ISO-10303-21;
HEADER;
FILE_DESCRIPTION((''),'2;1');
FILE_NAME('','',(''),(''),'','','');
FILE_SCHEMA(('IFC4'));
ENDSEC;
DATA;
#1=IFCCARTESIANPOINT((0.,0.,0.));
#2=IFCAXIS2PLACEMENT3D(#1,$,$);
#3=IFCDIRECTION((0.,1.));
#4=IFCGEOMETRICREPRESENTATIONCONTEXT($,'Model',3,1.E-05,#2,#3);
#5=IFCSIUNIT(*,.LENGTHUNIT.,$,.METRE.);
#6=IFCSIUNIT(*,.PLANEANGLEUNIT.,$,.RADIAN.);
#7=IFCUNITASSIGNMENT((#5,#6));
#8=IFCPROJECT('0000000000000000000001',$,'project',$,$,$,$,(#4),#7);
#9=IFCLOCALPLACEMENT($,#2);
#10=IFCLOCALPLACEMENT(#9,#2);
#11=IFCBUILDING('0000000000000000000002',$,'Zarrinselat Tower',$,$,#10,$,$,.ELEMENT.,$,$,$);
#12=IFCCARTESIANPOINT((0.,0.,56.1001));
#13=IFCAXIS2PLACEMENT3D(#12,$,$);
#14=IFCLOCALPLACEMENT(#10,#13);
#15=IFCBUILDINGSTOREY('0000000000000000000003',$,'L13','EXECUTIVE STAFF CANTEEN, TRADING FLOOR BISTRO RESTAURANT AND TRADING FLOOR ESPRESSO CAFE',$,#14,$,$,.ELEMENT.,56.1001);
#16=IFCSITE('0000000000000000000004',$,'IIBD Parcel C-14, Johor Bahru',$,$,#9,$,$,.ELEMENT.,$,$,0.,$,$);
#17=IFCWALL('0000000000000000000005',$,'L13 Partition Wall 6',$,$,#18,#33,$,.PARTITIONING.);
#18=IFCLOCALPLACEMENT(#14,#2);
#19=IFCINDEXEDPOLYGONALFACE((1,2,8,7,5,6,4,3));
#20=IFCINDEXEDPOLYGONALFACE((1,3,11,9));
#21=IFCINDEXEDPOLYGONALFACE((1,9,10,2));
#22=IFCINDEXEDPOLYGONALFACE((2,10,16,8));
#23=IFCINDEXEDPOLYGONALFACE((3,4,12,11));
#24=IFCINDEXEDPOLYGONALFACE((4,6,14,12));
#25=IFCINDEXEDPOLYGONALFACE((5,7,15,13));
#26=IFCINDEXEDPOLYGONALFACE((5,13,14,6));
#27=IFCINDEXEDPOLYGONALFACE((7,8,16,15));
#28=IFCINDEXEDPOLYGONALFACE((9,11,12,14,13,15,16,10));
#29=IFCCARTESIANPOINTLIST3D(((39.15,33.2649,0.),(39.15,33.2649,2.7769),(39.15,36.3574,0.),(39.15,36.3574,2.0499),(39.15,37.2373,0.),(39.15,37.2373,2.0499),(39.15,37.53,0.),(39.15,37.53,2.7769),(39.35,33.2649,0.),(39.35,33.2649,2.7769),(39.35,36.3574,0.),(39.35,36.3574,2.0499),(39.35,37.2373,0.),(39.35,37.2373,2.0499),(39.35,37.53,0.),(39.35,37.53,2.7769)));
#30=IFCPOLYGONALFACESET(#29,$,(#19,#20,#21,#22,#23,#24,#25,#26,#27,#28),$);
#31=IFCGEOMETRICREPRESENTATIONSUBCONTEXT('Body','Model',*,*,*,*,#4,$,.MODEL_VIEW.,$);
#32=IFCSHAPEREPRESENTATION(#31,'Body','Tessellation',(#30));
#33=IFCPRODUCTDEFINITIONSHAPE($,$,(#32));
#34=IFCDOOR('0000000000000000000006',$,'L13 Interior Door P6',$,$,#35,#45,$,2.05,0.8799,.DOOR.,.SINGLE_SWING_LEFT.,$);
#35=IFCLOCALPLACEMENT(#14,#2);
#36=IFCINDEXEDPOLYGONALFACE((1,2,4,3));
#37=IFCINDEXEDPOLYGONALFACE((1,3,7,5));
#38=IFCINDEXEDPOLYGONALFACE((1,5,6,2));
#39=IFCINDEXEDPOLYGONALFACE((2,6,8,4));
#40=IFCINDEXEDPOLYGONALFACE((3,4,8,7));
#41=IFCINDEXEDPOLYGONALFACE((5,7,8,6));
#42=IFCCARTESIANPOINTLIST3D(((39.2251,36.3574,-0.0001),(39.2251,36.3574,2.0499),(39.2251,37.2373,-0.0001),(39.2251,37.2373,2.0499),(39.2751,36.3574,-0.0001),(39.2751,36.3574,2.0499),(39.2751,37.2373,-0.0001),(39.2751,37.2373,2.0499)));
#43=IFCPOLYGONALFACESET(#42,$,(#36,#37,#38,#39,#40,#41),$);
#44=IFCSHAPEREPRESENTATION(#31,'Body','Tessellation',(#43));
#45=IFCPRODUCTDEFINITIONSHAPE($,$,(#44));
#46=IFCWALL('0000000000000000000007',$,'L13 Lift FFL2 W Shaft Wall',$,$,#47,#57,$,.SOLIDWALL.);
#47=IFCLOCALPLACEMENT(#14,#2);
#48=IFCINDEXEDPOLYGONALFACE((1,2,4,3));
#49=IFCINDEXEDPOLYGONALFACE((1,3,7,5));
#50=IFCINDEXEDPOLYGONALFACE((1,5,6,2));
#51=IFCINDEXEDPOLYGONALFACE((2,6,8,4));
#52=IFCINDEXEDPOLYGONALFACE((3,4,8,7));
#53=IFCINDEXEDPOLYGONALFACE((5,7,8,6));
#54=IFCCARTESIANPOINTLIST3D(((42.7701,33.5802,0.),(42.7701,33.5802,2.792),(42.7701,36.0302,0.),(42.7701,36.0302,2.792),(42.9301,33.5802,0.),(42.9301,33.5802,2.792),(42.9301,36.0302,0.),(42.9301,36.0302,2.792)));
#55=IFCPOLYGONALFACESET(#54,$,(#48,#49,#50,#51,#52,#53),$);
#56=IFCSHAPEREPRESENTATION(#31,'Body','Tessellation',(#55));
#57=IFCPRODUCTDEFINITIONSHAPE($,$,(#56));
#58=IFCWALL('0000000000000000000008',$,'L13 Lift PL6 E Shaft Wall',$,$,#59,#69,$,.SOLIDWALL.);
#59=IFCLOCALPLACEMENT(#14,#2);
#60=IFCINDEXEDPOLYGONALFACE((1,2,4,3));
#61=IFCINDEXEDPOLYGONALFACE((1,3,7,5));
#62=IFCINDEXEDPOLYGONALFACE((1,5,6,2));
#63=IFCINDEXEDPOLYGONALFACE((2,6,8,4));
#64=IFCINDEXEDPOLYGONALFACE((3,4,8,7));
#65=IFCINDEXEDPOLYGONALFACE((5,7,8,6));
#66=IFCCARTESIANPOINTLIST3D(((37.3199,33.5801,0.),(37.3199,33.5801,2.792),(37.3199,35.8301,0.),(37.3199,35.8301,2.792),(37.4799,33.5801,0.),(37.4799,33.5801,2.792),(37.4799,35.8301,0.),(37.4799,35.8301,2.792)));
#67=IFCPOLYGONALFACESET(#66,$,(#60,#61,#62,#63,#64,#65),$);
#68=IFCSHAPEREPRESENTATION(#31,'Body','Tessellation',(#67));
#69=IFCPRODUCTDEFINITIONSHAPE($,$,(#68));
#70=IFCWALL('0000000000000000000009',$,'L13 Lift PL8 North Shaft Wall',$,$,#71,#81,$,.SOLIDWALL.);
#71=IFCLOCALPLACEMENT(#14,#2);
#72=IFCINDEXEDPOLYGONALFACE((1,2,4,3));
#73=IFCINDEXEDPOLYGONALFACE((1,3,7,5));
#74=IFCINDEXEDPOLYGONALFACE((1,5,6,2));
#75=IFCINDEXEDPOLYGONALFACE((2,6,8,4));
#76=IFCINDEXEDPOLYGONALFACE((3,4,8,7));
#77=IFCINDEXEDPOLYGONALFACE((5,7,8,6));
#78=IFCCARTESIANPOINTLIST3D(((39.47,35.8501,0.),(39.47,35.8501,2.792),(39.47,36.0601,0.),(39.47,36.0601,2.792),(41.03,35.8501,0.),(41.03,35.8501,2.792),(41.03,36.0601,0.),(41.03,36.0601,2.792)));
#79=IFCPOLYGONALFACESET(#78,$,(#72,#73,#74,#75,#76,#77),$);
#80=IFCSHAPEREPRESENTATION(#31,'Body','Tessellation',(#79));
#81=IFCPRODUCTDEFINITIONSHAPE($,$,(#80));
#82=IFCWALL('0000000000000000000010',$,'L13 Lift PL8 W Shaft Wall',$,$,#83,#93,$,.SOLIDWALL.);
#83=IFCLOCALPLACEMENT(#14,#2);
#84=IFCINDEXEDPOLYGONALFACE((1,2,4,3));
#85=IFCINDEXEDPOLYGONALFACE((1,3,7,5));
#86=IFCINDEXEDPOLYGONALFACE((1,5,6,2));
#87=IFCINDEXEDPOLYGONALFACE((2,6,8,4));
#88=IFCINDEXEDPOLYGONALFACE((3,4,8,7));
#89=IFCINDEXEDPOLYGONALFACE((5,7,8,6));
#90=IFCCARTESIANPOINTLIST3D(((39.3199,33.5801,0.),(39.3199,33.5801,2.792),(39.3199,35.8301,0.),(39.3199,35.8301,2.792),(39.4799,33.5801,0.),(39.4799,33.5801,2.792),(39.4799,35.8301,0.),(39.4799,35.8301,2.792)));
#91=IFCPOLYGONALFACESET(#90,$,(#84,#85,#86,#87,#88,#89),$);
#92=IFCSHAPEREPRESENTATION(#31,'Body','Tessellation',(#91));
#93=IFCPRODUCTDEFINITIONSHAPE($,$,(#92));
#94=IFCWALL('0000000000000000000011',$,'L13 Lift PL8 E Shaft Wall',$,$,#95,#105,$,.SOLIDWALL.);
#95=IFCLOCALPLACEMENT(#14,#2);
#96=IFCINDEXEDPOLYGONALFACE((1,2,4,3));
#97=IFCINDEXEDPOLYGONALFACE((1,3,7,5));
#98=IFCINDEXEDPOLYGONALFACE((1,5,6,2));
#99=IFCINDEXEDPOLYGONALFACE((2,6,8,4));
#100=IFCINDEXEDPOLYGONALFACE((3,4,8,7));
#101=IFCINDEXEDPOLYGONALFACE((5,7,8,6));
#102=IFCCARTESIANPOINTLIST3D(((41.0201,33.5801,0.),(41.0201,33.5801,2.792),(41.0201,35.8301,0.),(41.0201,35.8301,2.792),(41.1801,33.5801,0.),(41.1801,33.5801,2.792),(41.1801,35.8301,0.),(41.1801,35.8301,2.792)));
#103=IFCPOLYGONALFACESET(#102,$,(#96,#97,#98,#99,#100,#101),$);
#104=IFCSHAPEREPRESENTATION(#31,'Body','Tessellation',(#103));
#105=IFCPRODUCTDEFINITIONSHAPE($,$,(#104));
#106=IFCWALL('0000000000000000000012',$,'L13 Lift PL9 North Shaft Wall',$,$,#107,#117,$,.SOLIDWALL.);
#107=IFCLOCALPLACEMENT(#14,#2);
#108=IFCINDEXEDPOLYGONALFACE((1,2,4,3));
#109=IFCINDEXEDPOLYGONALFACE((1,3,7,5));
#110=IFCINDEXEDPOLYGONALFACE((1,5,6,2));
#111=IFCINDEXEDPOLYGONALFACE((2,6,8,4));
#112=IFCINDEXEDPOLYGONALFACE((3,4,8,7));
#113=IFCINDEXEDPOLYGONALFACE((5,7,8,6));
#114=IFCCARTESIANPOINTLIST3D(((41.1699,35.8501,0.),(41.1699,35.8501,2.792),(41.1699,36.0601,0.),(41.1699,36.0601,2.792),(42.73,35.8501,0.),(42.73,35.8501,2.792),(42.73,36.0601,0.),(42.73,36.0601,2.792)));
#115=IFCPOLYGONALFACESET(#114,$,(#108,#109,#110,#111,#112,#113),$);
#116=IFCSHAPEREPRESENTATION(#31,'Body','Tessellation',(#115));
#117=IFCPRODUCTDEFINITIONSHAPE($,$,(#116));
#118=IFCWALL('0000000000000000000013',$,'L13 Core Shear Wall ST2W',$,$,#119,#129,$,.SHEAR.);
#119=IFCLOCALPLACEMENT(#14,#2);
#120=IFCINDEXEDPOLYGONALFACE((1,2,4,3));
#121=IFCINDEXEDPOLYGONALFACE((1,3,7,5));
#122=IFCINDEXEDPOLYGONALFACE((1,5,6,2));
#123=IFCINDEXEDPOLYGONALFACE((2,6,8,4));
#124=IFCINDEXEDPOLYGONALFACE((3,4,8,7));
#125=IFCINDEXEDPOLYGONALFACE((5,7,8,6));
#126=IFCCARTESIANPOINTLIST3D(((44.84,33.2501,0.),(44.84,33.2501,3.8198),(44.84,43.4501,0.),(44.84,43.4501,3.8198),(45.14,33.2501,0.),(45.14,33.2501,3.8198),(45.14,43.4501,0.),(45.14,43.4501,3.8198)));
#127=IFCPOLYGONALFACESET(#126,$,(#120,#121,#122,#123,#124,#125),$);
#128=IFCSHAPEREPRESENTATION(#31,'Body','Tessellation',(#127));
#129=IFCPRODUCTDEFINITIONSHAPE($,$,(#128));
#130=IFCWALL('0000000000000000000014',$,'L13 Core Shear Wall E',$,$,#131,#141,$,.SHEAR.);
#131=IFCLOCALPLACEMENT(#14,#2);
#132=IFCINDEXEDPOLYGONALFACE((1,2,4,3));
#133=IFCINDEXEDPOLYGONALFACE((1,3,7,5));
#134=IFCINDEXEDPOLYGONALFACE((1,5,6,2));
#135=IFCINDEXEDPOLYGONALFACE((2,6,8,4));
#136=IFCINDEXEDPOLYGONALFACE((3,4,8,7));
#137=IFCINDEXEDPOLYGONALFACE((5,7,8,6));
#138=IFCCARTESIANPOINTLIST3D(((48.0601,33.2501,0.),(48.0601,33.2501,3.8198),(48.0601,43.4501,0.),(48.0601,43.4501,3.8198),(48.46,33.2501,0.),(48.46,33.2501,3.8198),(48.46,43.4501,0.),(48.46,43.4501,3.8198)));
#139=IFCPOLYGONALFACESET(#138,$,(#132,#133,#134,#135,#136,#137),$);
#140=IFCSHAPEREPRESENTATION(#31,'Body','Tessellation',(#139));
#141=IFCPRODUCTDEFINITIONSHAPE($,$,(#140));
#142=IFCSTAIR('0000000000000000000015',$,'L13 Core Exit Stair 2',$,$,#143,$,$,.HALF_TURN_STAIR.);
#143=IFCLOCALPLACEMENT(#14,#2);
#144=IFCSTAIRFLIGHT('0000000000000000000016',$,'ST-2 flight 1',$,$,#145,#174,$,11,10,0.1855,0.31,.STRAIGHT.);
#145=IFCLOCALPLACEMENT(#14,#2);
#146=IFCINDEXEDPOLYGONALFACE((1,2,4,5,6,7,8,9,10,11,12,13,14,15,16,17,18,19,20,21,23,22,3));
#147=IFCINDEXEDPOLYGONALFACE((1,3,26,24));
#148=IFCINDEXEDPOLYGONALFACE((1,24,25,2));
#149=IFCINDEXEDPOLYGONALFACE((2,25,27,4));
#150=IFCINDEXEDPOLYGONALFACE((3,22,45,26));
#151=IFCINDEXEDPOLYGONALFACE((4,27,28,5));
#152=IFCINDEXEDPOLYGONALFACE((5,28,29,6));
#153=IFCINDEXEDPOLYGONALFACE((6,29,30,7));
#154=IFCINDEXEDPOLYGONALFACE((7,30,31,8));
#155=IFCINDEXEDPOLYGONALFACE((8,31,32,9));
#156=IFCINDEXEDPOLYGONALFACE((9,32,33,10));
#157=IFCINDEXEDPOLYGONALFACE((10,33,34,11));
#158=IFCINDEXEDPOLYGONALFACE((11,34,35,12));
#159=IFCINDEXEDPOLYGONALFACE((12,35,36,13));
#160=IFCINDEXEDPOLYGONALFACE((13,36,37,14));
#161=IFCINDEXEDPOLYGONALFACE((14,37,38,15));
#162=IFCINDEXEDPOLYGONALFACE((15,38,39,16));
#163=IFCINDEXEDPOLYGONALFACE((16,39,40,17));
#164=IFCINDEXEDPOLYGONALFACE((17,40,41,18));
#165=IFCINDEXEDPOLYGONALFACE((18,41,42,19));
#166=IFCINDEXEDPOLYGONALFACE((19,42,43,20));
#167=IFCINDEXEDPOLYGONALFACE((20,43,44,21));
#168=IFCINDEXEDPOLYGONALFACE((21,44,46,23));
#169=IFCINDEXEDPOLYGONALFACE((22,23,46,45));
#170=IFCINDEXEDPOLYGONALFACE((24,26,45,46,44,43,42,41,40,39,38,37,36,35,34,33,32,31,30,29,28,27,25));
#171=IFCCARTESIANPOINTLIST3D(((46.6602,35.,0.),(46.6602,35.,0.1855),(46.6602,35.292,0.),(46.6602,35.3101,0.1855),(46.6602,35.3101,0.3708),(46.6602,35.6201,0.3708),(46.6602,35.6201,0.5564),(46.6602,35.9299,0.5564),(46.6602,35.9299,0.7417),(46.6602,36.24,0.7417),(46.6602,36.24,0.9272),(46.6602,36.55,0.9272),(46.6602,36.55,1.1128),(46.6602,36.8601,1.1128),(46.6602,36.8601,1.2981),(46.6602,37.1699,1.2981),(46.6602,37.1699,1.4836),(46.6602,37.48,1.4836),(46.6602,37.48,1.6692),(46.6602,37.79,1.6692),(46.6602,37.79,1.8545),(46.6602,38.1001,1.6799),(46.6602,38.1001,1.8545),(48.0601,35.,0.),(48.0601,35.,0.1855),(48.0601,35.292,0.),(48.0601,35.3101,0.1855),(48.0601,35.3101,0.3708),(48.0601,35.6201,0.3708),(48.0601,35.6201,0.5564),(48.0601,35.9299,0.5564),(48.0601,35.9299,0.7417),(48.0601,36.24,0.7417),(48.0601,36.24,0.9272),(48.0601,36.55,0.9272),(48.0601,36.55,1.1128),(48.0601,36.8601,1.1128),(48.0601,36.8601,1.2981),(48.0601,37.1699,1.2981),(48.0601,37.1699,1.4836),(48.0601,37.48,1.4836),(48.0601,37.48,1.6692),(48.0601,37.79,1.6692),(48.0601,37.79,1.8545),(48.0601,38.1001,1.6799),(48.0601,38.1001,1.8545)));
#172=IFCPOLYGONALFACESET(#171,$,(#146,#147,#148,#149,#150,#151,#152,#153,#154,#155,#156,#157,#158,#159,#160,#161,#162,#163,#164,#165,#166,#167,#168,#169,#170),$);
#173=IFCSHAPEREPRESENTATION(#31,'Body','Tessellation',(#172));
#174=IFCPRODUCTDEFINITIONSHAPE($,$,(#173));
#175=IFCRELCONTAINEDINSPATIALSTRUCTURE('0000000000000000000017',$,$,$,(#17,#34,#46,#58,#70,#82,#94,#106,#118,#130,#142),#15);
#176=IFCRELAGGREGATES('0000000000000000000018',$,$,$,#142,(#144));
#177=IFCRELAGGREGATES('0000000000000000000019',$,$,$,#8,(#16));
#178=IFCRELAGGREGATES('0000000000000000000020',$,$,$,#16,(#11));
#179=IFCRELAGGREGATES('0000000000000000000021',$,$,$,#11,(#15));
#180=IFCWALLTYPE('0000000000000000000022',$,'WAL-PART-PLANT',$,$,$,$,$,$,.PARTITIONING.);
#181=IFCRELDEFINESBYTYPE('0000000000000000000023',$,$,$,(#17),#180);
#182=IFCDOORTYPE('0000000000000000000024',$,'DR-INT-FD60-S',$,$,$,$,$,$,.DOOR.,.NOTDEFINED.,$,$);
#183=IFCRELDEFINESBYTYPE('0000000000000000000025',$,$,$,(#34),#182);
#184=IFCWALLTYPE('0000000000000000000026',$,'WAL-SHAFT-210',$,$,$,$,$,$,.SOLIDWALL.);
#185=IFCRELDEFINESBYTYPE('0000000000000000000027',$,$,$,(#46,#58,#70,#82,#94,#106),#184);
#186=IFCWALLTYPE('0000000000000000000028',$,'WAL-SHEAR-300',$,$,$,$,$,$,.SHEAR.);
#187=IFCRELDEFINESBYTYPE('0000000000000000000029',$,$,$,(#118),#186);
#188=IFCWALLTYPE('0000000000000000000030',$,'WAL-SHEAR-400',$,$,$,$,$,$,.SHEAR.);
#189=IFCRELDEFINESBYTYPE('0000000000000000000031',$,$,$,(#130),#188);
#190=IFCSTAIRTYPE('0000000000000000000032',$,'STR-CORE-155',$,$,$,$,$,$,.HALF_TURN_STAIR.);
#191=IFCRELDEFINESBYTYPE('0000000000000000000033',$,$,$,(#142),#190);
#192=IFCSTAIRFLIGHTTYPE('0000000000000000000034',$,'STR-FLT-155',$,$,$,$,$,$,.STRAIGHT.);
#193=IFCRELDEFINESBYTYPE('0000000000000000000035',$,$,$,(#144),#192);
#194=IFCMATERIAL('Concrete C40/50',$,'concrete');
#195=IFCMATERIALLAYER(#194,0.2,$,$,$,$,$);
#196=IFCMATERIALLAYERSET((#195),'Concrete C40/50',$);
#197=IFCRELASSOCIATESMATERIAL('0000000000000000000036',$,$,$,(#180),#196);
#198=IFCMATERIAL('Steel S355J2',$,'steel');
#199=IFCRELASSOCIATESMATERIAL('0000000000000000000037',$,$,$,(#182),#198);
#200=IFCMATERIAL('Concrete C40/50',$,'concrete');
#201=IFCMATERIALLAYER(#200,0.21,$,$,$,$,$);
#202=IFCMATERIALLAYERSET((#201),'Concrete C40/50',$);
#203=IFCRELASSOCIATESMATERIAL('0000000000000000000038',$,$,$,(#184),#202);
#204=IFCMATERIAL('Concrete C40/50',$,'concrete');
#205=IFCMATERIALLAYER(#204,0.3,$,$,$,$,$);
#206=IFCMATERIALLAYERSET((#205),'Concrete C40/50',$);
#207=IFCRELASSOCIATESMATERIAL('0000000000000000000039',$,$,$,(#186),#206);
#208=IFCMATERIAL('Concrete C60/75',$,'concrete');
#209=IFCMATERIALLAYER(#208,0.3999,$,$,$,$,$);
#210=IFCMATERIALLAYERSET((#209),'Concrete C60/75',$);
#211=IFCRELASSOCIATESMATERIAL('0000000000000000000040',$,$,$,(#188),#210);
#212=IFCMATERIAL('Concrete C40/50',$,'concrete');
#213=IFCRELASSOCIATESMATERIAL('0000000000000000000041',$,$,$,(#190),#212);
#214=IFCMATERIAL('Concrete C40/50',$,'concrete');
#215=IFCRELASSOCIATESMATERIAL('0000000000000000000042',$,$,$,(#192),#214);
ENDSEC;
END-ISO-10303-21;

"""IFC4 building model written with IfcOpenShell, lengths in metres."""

from ifc_helpers import new_model, si_unit, direction, frame, frame_2d, origin, place, context, subcontext, project, spatial, polyline, rectangle, outline, extrude, material, layer, layer_set, type_object, element, fill, aggregate, save


model = new_model("IFC4")

# Units and contexts
model_context = context("Model", 3, precision=1e-05, world=origin(), true_north=direction((0.0, 1.0)))
body_context = subcontext(model_context, "Body", "Model", "MODEL_VIEW")
ifc_project = project(units=[si_unit("LENGTHUNIT", "METRE"), si_unit("PLANEANGLEUNIT", "RADIAN")], contexts=[model_context])

# Site, building, storey
site_placement = place(None, origin())
site = spatial("IfcSite", under=ifc_project, at=site_placement, Name="IIBD Parcel C-14, Johor Bahru", CompositionType="ELEMENT", RefElevation=0.0)
building_placement = place(site_placement, origin())
building = spatial("IfcBuilding", under=site, at=building_placement, Name="Zarrinselat Tower", CompositionType="ELEMENT")
storey_placement = place(building_placement, frame((0.0, 0.0, 56.1001)))
storey = spatial("IfcBuildingStorey", under=building, at=storey_placement, Name="L13", Description="EXECUTIVE STAFF CANTEEN, TRADING FLOOR BISTRO RESTAURANT AND TRADING FLOOR ESPRESSO CAFE", CompositionType="ELEMENT", Elevation=56.1001)

# Wall, opening, door
ifc_material_1 = material(Name="Concrete C40/50", Category="concrete")
ifc_layer_1 = layer(ifc_material_1, 0.2)
ifc_layer_set_1 = layer_set([ifc_layer_1], Name="Concrete C40/50")
wall_type_1 = type_object("IfcWallType", Name="WAL-PART-PLANT", PredefinedType="PARTITIONING", material=ifc_layer_set_1)
ifc_material_2 = material(Name="Steel S355J2", Category="steel")
door_type_1 = type_object("IfcDoorType", Name="DR-INT-FD60-S", OperationType="NOTDEFINED", PredefinedType="DOOR", material=ifc_material_2)
wall_1_placement = place(storey_placement, frame((39.25, 33.2649, 0.0), z_axis=(0.0, 0.0, 1.0), x_axis=(0.0, 1.0, 0.0)))
wall_1 = element("IfcWall", 1, at=wall_1_placement, inside=storey, type_object=wall_type_1, Name="L13 Partition Wall 6", PredefinedType="PARTITIONING", context=body_context, shape_type="SweptSolid", body=[
    extrude(rectangle(XDim=4.2651, YDim=0.2, at=frame_2d((2.1326, 0.0))), origin(), (0.0, 0.0, 1.0), 2.7769),
])
opening_1_placement = place(wall_1_placement, frame((3.0925, 0.0, 0.0)))
opening_1 = element("IfcOpeningElement", 2, at=opening_1_placement, cuts=wall_1, PredefinedType="OPENING", context=body_context, shape_type="SweptSolid", body=[
    extrude(rectangle(XDim=0.8799, YDim=2.05, at=frame_2d((0.4399, 1.0249))), frame((0.0, 0.1099, 0.0), z_axis=(0.0, -1.0, 0.0), x_axis=(1.0, 0.0, 0.0)), (0.0, 0.0, 1.0), 0.22),
])
door_1_placement = place(opening_1_placement, origin())
door_1 = element("IfcDoor", 3, at=door_1_placement, inside=storey, type_object=door_type_1, Name="L13 Interior Door P6", OperationType="SINGLE_SWING_LEFT", OverallHeight=2.05, OverallWidth=0.8799, PredefinedType="DOOR", context=body_context, shape_type="SweptSolid", body=[
    extrude(rectangle(XDim=0.8799, YDim=2.05, at=frame_2d((0.4399, 1.0249))), frame((0.0, 0.0249, 0.0), z_axis=(0.0, -1.0, 0.0), x_axis=(1.0, 0.0, 0.0)), (0.0, 0.0, 1.0), 0.05),
])
fill(opening_1, door_1)

# Walls
ifc_material_3 = material(Name="Concrete C40/50", Category="concrete")
ifc_layer_2 = layer(ifc_material_3, 0.21)
ifc_layer_set_2 = layer_set([ifc_layer_2], Name="Concrete C40/50")
wall_type_2 = type_object("IfcWallType", Name="WAL-SHAFT-210", PredefinedType="SOLIDWALL", material=ifc_layer_set_2)
wall_2_placement = place(storey_placement, frame((42.8501, 33.5801, 0.0), z_axis=(0.0, 0.0, 1.0), x_axis=(0.0, 1.0, 0.0)))
element("IfcWall", 4, at=wall_2_placement, inside=storey, type_object=wall_type_2, Name="L13 Lift FFL2 W Shaft Wall", PredefinedType="SOLIDWALL", context=body_context, shape_type="SweptSolid", body=[
    extrude(rectangle(XDim=2.45, YDim=0.1599, at=frame_2d((1.2251, 0.0))), origin(), (0.0, 0.0, 1.0), 2.792),
])
wall_3_placement = place(storey_placement, frame((37.3999, 33.5801, 0.0), z_axis=(0.0, 0.0, 1.0), x_axis=(0.0, 1.0, 0.0)))
element("IfcWall", 5, at=wall_3_placement, inside=storey, type_object=wall_type_2, Name="L13 Lift PL6 E Shaft Wall", PredefinedType="SOLIDWALL", context=body_context, shape_type="SweptSolid", body=[
    extrude(rectangle(XDim=2.25, YDim=0.1599, at=frame_2d((1.125, 0.0))), origin(), (0.0, 0.0, 1.0), 2.792),
])
wall_4_placement = place(storey_placement, frame((39.47, 35.9551, 0.0), z_axis=(0.0, 0.0, 1.0), x_axis=(1.0, 0.0, 0.0)))
element("IfcWall", 6, at=wall_4_placement, inside=storey, type_object=wall_type_2, Name="L13 Lift PL8 North Shaft Wall", PredefinedType="SOLIDWALL", context=body_context, shape_type="SweptSolid", body=[
    extrude(rectangle(XDim=1.5601, YDim=0.21, at=frame_2d((0.78, 0.0))), origin(), (0.0, 0.0, 1.0), 2.792),
])
for number, where, z_axis, x_axis, name in (
    (7, (39.3999, 33.5801, 0.0), (0.0, 0.0, 1.0), (0.0, 1.0, 0.0), "L13 Lift PL8 W Shaft Wall"),
    (8, (41.1001, 33.5801, 0.0), (0.0, 0.0, 1.0), (0.0, 1.0, 0.0), "L13 Lift PL8 E Shaft Wall"),
):
    element("IfcWall", number, at=place(storey_placement, frame(where, z_axis=z_axis, x_axis=x_axis)), inside=storey, type_object=wall_type_2, Name=name, PredefinedType="SOLIDWALL", context=body_context, shape_type="SweptSolid", body=[
        extrude(rectangle(XDim=2.25, YDim=0.1599, at=frame_2d((1.125, 0.0))), origin(), (0.0, 0.0, 1.0), 2.792),
    ])
wall_5_placement = place(storey_placement, frame((41.1699, 35.9551, 0.0), z_axis=(0.0, 0.0, 1.0), x_axis=(1.0, 0.0, 0.0)))
element("IfcWall", 9, at=wall_5_placement, inside=storey, type_object=wall_type_2, Name="L13 Lift PL9 North Shaft Wall", PredefinedType="SOLIDWALL", context=body_context, shape_type="SweptSolid", body=[
    extrude(rectangle(XDim=1.5601, YDim=0.21, at=frame_2d((0.78, 0.0))), origin(), (0.0, 0.0, 1.0), 2.792),
])
ifc_material_4 = material(Name="Concrete C40/50", Category="concrete")
ifc_layer_3 = layer(ifc_material_4, 0.3)
ifc_layer_set_3 = layer_set([ifc_layer_3], Name="Concrete C40/50")
wall_type_3 = type_object("IfcWallType", Name="WAL-SHEAR-300", PredefinedType="SHEAR", material=ifc_layer_set_3)
wall_6_placement = place(storey_placement, frame((44.99, 33.25, 0.0), z_axis=(0.0, 0.0, 1.0), x_axis=(0.0, 1.0, 0.0)))
element("IfcWall", 10, at=wall_6_placement, inside=storey, type_object=wall_type_3, Name="L13 Core Shear Wall ST2W", PredefinedType="SHEAR", context=body_context, shape_type="SweptSolid", body=[
    extrude(rectangle(XDim=10.2, YDim=0.3, at=frame_2d((5.1001, 0.0))), origin(), (0.0, 0.0, 1.0), 3.8198),
])
ifc_material_5 = material(Name="Concrete C60/75", Category="concrete")
ifc_layer_4 = layer(ifc_material_5, 0.3999)
ifc_layer_set_4 = layer_set([ifc_layer_4], Name="Concrete C60/75")
wall_type_4 = type_object("IfcWallType", Name="WAL-SHEAR-400", PredefinedType="SHEAR", material=ifc_layer_set_4)
wall_7_placement = place(storey_placement, frame((48.26, 33.25, 0.0), z_axis=(0.0, 0.0, 1.0), x_axis=(0.0, 1.0, 0.0)))
element("IfcWall", 11, at=wall_7_placement, inside=storey, type_object=wall_type_4, Name="L13 Core Shear Wall E", PredefinedType="SHEAR", context=body_context, shape_type="SweptSolid", body=[
    extrude(rectangle(XDim=10.2, YDim=0.3999, at=frame_2d((5.1001, 0.0))), origin(), (0.0, 0.0, 1.0), 3.8198),
])

# Stair, stair flight
ifc_material_6 = material(Name="Concrete C40/50", Category="concrete")
stair_type = type_object("IfcStairType", Name="STR-CORE-155", PredefinedType="HALF_TURN_STAIR", material=ifc_material_6)
stair_placement = place(storey_placement, origin())
stair = element("IfcStair", 12, at=stair_placement, inside=storey, type_object=stair_type, Name="L13 Core Exit Stair 2", PredefinedType="HALF_TURN_STAIR")
ifc_material_7 = material(Name="Concrete C40/50", Category="concrete")
stair_flight_type = type_object("IfcStairFlightType", Name="STR-FLT-155", PredefinedType="STRAIGHT", material=ifc_material_7)
stair_flight_placement = place(storey_placement, frame((47.3601, 35.0, 0.0), z_axis=(0.0, 0.0, 1.0), x_axis=(0.0, 1.0, 0.0)))
stair_flight = element("IfcStairFlight", 13, at=stair_flight_placement, type_object=stair_flight_type, Name="ST-2 flight 1", NumberOfRisers=11, NumberOfTreads=10, PredefinedType="STRAIGHT", RiserHeight=0.1855, TreadLength=0.31, context=body_context, shape_type="SweptSolid", body=[
    extrude(outline(polyline([(0.0, 0.0), (0.0, 0.1855), (0.3101, 0.1855), (0.3101, 0.3708), (0.6201, 0.3708), (0.6201, 0.5564), (0.9299, 0.5564), (0.9299, 0.7417), (1.24, 0.7417), (1.24, 0.9272), (1.55, 0.9272), (1.55, 1.1128), (1.8601, 1.1128), (1.8601, 1.2981), (2.1699, 1.2981), (2.1699, 1.4836), (2.48, 1.4836), (2.48, 1.6692), (2.79, 1.6692), (2.79, 1.8545), (3.1001, 1.8545), (3.1001, 2.04), (3.1001, 1.6799), (0.292, 0.0), (0.0, 0.0)])), frame((0.0, 0.7, 0.0), z_axis=(0.0, -1.0, 0.0), x_axis=(1.0, 0.0, 0.0)), (0.0, 0.0, 1.0), 1.3999),
])
aggregate(stair, [stair_flight])

save(model, "model.ifc")
